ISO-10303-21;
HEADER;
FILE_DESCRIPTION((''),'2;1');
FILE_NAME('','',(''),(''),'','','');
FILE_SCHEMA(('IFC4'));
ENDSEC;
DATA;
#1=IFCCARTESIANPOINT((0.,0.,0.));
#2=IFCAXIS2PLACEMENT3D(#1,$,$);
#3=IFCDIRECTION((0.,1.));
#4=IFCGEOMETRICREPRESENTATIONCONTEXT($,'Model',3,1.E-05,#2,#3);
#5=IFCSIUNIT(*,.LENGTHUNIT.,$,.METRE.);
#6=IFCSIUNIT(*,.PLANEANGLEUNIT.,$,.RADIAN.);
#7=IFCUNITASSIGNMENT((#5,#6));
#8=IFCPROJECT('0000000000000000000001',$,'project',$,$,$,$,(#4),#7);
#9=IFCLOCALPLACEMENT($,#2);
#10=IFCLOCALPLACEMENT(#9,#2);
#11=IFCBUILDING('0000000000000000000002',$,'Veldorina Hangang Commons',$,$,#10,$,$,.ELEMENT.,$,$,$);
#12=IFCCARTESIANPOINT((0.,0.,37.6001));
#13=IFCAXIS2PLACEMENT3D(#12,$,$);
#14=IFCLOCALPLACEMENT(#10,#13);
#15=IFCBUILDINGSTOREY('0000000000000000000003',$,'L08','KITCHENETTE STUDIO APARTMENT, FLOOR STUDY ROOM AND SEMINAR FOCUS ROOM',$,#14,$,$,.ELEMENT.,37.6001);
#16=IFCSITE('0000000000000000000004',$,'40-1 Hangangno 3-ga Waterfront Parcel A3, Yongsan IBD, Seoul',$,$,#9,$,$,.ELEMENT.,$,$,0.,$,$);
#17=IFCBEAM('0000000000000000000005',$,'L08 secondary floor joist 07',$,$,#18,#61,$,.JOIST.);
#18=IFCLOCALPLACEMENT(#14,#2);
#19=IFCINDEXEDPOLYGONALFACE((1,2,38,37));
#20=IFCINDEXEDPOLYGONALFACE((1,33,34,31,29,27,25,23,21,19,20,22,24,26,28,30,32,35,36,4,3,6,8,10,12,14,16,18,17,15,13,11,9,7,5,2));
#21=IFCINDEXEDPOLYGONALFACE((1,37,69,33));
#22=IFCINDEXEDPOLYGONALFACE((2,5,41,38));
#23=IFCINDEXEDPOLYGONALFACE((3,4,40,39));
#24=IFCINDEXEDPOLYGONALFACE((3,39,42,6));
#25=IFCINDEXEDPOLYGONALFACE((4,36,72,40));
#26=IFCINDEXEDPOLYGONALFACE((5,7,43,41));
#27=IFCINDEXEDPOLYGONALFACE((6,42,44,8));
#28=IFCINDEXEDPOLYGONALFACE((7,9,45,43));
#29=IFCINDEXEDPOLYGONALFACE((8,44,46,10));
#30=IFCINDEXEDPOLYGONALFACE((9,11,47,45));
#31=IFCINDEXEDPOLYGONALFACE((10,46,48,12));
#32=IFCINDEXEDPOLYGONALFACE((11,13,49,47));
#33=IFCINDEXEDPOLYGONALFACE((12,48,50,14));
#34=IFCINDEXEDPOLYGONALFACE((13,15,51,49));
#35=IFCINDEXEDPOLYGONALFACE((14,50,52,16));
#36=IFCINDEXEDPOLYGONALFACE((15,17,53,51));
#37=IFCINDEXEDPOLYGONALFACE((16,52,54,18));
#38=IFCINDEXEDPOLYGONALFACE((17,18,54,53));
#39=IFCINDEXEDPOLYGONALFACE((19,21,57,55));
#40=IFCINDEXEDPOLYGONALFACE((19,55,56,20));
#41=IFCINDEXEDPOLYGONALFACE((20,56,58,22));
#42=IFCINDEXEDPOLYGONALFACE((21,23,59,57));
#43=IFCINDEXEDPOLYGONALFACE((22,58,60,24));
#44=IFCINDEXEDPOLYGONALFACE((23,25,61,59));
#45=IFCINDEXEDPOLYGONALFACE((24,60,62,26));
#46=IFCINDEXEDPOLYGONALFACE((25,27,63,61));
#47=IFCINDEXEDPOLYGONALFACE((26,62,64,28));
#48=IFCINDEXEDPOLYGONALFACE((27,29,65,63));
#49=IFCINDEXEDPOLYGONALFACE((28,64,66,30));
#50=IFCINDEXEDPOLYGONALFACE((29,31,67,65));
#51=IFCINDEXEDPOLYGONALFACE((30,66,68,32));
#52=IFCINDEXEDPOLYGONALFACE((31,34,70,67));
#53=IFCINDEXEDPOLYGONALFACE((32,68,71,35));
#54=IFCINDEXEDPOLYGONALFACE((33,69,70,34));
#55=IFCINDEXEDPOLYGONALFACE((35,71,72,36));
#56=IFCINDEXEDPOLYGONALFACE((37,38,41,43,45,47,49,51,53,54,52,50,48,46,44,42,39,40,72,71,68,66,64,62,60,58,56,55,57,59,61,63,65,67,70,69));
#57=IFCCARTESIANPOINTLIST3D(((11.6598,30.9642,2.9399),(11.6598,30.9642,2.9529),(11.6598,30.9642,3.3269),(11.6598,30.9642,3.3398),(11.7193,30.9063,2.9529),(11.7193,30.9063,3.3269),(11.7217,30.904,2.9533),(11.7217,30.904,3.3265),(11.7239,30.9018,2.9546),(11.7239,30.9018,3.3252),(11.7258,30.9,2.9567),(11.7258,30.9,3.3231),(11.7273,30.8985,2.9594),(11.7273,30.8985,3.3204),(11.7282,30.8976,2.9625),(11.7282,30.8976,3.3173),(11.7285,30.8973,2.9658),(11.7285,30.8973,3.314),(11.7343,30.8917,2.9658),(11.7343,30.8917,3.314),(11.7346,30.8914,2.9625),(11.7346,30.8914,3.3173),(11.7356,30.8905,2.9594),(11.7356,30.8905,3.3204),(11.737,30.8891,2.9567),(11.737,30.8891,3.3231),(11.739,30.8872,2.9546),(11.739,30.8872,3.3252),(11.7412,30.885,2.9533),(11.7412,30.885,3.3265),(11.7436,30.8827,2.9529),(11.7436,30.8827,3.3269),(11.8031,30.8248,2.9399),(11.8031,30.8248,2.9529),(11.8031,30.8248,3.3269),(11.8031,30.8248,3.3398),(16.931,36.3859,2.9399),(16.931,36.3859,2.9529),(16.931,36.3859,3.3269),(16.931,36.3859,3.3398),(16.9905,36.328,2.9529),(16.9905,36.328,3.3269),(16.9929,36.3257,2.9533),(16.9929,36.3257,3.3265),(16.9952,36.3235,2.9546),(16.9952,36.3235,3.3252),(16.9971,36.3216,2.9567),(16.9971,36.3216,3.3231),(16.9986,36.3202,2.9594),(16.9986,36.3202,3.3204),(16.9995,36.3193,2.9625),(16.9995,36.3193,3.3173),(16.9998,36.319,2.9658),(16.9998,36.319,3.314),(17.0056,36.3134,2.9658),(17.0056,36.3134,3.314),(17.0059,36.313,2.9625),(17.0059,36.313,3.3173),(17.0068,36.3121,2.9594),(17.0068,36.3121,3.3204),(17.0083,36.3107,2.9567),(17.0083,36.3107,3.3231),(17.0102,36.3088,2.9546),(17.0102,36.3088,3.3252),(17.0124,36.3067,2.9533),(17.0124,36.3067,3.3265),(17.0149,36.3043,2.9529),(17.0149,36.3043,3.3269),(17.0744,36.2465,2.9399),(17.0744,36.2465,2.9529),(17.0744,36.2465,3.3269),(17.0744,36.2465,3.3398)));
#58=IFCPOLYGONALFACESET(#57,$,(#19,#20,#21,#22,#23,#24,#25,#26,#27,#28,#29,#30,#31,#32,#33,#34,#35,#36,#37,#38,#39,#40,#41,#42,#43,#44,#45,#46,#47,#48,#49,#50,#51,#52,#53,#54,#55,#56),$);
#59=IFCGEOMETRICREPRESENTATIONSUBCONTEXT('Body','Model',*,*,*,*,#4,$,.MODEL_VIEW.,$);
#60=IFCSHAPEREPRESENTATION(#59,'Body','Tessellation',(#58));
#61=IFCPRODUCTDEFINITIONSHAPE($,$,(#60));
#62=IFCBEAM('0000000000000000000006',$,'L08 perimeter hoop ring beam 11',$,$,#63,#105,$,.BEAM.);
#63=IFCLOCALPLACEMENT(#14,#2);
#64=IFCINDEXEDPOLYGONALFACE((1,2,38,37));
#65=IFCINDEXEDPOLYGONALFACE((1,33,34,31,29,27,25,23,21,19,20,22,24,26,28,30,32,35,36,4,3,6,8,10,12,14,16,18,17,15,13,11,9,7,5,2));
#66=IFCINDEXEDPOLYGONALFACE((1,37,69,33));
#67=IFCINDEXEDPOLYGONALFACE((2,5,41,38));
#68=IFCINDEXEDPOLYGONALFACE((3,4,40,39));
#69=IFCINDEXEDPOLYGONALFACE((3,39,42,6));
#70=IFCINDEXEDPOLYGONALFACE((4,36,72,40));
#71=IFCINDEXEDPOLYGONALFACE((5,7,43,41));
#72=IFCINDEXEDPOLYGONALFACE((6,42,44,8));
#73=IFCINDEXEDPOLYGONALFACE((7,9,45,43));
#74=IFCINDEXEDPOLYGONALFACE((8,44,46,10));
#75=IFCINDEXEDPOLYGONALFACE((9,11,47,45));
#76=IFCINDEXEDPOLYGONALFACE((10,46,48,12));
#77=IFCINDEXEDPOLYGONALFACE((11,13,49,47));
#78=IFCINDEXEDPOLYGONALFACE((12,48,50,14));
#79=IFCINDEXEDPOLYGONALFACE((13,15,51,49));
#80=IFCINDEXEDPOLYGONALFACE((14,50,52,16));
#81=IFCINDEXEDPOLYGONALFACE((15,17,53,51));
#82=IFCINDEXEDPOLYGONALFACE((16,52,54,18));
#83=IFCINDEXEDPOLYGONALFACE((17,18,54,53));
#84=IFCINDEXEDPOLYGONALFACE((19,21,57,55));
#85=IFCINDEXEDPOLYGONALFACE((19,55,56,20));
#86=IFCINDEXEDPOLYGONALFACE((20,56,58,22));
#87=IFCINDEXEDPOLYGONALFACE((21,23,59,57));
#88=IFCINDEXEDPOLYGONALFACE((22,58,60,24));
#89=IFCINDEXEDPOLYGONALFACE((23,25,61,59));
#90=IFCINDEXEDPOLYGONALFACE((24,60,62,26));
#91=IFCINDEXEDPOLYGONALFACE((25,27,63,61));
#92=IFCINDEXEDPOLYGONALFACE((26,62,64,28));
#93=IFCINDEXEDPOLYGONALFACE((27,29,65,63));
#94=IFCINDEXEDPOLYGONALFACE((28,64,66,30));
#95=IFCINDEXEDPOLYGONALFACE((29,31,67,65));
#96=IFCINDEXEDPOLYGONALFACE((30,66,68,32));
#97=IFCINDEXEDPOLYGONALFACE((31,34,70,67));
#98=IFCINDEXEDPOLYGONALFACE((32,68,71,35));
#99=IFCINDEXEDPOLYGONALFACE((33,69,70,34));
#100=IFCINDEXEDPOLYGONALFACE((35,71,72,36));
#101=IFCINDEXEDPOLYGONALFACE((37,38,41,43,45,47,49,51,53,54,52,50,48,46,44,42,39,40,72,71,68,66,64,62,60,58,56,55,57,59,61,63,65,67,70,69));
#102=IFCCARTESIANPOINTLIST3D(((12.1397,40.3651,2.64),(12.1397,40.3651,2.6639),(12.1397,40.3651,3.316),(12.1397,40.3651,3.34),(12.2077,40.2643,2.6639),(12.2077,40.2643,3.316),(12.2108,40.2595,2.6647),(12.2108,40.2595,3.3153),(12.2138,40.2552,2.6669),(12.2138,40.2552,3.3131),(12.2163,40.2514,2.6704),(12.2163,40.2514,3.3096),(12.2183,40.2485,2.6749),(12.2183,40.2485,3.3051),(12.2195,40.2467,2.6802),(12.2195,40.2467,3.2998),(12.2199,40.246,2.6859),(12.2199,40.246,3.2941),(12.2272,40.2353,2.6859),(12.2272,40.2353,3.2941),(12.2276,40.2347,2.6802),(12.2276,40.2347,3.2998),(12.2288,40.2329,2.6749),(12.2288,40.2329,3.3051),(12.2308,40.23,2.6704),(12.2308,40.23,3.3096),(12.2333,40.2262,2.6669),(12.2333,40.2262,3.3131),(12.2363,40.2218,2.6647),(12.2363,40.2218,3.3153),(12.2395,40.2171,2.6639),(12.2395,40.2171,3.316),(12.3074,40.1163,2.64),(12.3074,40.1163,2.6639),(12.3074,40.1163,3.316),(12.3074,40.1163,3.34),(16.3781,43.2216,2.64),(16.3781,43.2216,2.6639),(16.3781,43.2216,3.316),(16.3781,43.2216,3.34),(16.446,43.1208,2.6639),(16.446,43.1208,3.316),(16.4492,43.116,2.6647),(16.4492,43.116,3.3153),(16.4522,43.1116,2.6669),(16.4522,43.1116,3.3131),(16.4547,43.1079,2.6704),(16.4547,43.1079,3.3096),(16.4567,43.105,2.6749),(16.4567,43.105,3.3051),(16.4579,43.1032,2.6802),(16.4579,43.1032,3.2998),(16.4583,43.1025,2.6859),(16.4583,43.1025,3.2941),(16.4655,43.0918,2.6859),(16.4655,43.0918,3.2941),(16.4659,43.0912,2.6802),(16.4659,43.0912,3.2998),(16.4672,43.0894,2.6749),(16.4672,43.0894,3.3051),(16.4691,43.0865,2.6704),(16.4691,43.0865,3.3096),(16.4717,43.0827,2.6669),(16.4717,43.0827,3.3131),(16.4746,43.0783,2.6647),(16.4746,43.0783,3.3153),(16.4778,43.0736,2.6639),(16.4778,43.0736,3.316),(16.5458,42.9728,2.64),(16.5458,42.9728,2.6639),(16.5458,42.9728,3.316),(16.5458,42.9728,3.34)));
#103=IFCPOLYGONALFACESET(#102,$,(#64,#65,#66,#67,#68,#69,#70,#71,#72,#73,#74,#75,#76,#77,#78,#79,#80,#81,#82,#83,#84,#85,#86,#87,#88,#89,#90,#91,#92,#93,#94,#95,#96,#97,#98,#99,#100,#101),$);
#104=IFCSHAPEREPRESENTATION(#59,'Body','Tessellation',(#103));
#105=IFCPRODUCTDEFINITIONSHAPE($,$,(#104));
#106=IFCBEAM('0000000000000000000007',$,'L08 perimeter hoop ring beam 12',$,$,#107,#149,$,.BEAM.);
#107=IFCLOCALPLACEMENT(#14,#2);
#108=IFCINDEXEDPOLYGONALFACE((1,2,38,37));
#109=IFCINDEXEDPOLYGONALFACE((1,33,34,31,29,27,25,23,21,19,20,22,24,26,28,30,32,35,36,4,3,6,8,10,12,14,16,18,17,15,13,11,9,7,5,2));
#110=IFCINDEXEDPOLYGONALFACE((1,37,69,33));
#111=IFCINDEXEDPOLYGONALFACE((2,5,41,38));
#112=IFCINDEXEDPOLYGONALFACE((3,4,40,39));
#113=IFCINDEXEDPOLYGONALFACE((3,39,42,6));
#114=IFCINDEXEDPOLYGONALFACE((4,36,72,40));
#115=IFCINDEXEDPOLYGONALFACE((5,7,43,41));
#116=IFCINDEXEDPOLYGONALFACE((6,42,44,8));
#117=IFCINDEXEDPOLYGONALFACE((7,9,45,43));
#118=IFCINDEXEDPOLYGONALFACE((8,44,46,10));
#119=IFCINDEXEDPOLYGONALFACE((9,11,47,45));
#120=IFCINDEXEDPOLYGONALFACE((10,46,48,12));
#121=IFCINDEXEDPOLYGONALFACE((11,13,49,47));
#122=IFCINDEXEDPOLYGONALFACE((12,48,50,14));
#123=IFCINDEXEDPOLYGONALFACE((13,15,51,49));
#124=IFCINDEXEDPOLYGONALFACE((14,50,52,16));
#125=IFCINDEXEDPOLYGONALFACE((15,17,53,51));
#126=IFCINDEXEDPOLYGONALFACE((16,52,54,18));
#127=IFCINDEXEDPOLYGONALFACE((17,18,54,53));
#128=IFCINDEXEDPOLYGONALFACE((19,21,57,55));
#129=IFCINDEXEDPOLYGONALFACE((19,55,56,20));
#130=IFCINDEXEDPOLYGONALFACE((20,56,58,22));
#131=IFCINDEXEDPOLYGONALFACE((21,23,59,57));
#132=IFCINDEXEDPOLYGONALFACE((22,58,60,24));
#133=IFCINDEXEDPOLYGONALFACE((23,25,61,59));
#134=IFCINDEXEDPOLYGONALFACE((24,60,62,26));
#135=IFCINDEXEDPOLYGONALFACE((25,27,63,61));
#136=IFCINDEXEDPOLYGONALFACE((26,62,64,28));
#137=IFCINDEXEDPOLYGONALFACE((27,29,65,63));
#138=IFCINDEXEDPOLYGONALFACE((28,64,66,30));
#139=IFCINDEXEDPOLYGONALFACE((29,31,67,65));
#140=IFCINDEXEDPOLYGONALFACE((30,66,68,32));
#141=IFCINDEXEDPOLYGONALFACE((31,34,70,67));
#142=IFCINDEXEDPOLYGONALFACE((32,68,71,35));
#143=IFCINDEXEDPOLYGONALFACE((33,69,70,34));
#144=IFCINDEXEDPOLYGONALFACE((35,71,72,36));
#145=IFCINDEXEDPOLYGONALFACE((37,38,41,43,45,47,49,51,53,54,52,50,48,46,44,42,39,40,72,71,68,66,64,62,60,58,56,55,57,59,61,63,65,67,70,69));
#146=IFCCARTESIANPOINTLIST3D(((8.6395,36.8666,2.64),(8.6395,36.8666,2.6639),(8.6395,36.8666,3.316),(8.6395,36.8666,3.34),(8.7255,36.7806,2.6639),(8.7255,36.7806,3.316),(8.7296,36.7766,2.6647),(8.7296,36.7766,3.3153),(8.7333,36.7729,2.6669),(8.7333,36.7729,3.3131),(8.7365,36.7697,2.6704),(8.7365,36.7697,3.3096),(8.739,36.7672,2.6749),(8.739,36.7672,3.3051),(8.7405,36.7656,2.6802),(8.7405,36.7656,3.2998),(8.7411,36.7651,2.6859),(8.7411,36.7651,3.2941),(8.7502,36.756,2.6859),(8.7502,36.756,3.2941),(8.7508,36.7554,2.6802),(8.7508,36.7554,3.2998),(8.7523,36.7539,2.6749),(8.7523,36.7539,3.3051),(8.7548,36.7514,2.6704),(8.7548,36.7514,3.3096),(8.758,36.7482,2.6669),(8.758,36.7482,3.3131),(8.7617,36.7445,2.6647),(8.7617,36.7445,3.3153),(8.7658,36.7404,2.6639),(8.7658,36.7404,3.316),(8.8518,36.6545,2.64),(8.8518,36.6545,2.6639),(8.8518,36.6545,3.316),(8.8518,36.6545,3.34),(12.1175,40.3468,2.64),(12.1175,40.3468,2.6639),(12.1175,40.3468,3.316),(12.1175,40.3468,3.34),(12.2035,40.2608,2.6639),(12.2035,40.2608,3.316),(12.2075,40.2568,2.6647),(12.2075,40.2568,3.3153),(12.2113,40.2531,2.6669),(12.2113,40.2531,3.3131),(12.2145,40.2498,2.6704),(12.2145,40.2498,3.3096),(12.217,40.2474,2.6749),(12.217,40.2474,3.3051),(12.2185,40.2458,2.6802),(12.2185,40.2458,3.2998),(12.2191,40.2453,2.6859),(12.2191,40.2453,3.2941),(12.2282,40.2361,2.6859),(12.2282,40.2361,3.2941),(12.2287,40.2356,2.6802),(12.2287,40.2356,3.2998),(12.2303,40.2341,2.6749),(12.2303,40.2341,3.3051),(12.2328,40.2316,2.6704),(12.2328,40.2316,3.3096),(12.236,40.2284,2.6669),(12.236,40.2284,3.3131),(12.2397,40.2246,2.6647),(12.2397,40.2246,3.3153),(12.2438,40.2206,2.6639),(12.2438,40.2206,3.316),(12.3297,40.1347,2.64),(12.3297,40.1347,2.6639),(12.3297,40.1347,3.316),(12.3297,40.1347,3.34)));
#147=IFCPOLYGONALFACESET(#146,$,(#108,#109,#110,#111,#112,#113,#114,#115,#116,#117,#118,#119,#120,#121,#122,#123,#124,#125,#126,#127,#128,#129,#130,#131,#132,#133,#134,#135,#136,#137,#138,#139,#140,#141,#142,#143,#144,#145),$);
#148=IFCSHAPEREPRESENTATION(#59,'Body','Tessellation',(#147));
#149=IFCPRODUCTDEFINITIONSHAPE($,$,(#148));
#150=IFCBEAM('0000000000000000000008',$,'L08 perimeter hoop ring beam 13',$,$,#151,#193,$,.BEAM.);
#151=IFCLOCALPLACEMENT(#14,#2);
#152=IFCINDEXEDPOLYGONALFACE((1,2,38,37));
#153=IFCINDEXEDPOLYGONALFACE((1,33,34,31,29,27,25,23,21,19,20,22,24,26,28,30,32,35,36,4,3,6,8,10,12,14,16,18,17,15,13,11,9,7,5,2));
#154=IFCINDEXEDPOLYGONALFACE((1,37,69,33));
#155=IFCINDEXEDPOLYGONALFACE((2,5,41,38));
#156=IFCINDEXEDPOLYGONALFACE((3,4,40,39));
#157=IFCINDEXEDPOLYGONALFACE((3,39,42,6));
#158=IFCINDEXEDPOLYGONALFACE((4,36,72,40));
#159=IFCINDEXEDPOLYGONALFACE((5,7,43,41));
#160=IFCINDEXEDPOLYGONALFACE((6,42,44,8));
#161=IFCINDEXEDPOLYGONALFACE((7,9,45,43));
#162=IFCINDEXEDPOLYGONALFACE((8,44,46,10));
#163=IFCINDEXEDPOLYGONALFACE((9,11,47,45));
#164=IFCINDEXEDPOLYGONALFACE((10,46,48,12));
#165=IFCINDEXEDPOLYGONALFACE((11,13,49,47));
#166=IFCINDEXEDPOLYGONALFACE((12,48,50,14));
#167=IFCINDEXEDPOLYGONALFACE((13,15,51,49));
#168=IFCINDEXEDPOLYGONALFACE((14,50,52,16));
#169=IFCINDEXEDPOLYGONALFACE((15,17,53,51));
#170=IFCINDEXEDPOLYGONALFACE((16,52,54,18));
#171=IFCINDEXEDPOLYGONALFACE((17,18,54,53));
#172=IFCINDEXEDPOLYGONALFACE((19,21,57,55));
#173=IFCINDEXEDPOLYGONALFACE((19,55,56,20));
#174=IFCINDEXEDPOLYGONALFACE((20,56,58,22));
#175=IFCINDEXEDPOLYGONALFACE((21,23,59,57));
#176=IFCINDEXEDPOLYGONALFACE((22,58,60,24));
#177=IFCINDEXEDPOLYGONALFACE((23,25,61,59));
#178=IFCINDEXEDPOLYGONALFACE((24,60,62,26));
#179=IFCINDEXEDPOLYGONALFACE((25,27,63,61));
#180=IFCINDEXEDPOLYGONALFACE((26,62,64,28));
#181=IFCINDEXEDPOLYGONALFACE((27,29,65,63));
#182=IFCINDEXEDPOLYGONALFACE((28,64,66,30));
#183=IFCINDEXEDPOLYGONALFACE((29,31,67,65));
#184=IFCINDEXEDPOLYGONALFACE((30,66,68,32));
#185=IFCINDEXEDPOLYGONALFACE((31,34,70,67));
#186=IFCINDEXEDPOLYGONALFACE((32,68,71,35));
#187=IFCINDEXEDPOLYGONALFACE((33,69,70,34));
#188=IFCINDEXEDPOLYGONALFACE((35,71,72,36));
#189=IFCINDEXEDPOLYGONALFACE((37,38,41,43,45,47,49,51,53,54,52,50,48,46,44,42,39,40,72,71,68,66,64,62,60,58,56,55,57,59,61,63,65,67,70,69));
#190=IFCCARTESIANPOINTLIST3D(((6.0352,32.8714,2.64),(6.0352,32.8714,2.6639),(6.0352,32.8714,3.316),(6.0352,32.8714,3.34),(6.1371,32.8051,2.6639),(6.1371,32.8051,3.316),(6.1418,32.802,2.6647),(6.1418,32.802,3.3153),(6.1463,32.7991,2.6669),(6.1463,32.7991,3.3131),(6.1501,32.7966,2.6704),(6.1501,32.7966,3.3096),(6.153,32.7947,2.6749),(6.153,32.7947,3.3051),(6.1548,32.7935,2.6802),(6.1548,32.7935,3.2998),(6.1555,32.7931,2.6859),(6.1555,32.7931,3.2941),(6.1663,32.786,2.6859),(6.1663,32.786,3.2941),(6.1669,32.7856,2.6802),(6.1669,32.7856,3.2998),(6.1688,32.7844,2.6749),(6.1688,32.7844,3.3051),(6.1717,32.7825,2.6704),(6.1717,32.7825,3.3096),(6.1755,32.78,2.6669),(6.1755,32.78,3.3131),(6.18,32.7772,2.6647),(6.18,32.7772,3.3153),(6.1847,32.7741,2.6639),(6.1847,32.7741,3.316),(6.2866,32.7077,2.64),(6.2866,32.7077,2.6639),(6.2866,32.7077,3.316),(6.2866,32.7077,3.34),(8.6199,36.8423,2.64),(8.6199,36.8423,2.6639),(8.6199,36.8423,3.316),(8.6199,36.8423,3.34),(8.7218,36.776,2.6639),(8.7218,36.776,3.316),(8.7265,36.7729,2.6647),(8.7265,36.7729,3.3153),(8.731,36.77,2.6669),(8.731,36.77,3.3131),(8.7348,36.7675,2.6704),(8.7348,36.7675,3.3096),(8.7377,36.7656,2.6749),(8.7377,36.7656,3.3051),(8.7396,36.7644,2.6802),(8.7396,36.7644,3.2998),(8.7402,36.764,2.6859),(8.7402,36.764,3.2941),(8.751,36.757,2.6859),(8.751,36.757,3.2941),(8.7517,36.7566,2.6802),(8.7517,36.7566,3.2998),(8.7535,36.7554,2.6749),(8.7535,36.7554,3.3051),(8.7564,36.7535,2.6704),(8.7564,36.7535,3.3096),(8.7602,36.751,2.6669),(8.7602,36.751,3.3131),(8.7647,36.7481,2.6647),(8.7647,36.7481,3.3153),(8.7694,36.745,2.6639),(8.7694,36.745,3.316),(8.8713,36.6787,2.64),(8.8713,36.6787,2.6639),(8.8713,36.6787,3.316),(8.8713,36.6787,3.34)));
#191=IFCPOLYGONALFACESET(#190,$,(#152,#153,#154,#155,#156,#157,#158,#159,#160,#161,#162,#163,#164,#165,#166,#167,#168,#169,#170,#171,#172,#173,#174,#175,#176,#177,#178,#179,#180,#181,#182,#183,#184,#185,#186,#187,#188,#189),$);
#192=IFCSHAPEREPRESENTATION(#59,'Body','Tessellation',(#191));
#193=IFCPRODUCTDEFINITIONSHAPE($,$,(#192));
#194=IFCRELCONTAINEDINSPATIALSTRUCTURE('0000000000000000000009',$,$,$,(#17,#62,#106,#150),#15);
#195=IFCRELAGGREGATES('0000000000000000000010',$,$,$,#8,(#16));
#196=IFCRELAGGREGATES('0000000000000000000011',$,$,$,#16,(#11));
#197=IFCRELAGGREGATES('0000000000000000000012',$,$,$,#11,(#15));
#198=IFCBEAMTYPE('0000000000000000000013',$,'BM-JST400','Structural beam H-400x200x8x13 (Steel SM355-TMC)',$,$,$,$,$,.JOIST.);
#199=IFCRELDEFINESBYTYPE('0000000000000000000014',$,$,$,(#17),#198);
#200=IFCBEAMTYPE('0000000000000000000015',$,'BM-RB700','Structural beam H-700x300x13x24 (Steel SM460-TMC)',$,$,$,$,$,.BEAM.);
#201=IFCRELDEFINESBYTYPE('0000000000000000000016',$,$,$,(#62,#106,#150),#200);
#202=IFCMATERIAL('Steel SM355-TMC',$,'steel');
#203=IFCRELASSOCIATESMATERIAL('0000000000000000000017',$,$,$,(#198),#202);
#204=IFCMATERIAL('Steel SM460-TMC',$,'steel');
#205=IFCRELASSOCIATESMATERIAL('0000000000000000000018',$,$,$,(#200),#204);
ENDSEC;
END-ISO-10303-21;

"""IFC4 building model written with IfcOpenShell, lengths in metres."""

from ifc_helpers import new_model, si_unit, direction, frame, origin, origin_2d, place, context, subcontext, project, spatial, i_section, extrude, material, material_profile, profile_set, type_object, element, save


model = new_model("IFC4")

# Units and contexts
model_context = context("Model", 3, precision=1e-05, world=origin(), true_north=direction((0.0, 1.0)))
body_context = subcontext(model_context, "Body", "Model", "MODEL_VIEW")
ifc_project = project(units=[si_unit("LENGTHUNIT", "METRE"), si_unit("PLANEANGLEUNIT", "RADIAN")], contexts=[model_context])

# Site, building, storey
site_placement = place(None, origin())
site = spatial("IfcSite", under=ifc_project, at=site_placement, Name="40-1 Hangangno 3-ga Waterfront Parcel A3, Yongsan IBD, Seoul", CompositionType="ELEMENT", RefElevation=0.0)
building_placement = place(site_placement, origin())
building = spatial("IfcBuilding", under=site, at=building_placement, Name="Veldorina Hangang Commons", CompositionType="ELEMENT")
storey_placement = place(building_placement, frame((0.0, 0.0, 37.6001)))
storey = spatial("IfcBuildingStorey", under=building, at=storey_placement, Name="L08", Description="KITCHENETTE STUDIO APARTMENT, FLOOR STUDY ROOM AND SEMINAR FOCUS ROOM", CompositionType="ELEMENT", Elevation=37.6001)

# Beams
ifc_material_1 = material(Name="Steel SM355-TMC", Category="steel")
ifc_material_profile_1 = material_profile(ifc_material_1, i_section(OverallWidth=0.2, OverallDepth=0.3999, WebThickness=0.0081, FlangeThickness=0.0129, FilletRadius=0.0129, at=origin_2d()), Name="H-400x200x8x13")
ifc_profile_set_1 = profile_set([ifc_material_profile_1], Name="Steel SM355-TMC")
beam_type_1 = type_object("IfcBeamType", Name="BM-JST400", Description="Structural beam H-400x200x8x13 (Steel SM355-TMC)", PredefinedType="JOIST", material=ifc_profile_set_1)
beam_1_placement = place(storey_placement, frame((17.0027, 36.3162, 3.1399), z_axis=(-0.697093, -0.716981, 0.0), x_axis=(0.716981, -0.697093, 0.0)))
element("IfcBeam", 1, at=beam_1_placement, inside=storey, type_object=beam_type_1, Name="L08 secondary floor joist 07", PredefinedType="JOIST", context=body_context, shape_type="SweptSolid", body=[
    extrude(i_section(OverallWidth=0.2, OverallDepth=0.3999, WebThickness=0.0081, FlangeThickness=0.0129, FilletRadius=0.0129, at=origin_2d()), origin(), (0.0, 0.0, 1.0), 7.5618),
])
ifc_material_2 = material(Name="Steel SM460-TMC", Category="steel")
ifc_material_profile_2 = material_profile(ifc_material_2, i_section(OverallWidth=0.3, OverallDepth=0.7, WebThickness=0.0129, FlangeThickness=0.0239, FilletRadius=0.022, at=origin_2d()), Name="H-700x300x13x24")
ifc_profile_set_2 = profile_set([ifc_material_profile_2], Name="Steel SM460-TMC")
beam_type_2 = type_object("IfcBeamType", Name="BM-RB700", Description="Structural beam H-700x300x13x24 (Steel SM460-TMC)", PredefinedType="BEAM", material=ifc_profile_set_2)
beam_2_placement = place(storey_placement, frame((16.4619, 43.0972, 2.99), z_axis=(-0.829247, -0.558882, 0.0), x_axis=(0.558882, -0.829247, 0.0)))
element("IfcBeam", 2, at=beam_2_placement, inside=storey, type_object=beam_type_2, Name="L08 perimeter hoop ring beam 11", PredefinedType="BEAM", context=body_context, shape_type="SweptSolid", body=[
    extrude(i_section(OverallWidth=0.3, OverallDepth=0.7, WebThickness=0.0129, FlangeThickness=0.0239, FilletRadius=0.022, at=origin_2d()), origin(), (0.0, 0.0, 1.0), 5.1111),
])
beam_3_placement = place(storey_placement, frame((12.2236, 40.2407, 2.99), z_axis=(-0.706883, -0.70733, 0.0), x_axis=(0.70733, -0.706883, 0.0)))
element("IfcBeam", 3, at=beam_3_placement, inside=storey, type_object=beam_type_2, Name="L08 perimeter hoop ring beam 12", PredefinedType="BEAM", context=body_context, shape_type="SweptSolid", body=[
    extrude(i_section(OverallWidth=0.3, OverallDepth=0.7, WebThickness=0.0129, FlangeThickness=0.0239, FilletRadius=0.022, at=origin_2d()), origin(), (0.0, 0.0, 1.0), 4.9202),
])
beam_4_placement = place(storey_placement, frame((8.7456, 36.7605, 2.99), z_axis=(-0.545523, -0.838096, 0.0), x_axis=(0.838096, -0.545523, 0.0)))
element("IfcBeam", 4, at=beam_4_placement, inside=storey, type_object=beam_type_2, Name="L08 perimeter hoop ring beam 13", PredefinedType="BEAM", context=body_context, shape_type="SweptSolid", body=[
    extrude(i_section(OverallWidth=0.3, OverallDepth=0.7, WebThickness=0.0129, FlangeThickness=0.0239, FilletRadius=0.022, at=origin_2d()), origin(), (0.0, 0.0, 1.0), 4.738),
])

save(model, "model.ifc")
